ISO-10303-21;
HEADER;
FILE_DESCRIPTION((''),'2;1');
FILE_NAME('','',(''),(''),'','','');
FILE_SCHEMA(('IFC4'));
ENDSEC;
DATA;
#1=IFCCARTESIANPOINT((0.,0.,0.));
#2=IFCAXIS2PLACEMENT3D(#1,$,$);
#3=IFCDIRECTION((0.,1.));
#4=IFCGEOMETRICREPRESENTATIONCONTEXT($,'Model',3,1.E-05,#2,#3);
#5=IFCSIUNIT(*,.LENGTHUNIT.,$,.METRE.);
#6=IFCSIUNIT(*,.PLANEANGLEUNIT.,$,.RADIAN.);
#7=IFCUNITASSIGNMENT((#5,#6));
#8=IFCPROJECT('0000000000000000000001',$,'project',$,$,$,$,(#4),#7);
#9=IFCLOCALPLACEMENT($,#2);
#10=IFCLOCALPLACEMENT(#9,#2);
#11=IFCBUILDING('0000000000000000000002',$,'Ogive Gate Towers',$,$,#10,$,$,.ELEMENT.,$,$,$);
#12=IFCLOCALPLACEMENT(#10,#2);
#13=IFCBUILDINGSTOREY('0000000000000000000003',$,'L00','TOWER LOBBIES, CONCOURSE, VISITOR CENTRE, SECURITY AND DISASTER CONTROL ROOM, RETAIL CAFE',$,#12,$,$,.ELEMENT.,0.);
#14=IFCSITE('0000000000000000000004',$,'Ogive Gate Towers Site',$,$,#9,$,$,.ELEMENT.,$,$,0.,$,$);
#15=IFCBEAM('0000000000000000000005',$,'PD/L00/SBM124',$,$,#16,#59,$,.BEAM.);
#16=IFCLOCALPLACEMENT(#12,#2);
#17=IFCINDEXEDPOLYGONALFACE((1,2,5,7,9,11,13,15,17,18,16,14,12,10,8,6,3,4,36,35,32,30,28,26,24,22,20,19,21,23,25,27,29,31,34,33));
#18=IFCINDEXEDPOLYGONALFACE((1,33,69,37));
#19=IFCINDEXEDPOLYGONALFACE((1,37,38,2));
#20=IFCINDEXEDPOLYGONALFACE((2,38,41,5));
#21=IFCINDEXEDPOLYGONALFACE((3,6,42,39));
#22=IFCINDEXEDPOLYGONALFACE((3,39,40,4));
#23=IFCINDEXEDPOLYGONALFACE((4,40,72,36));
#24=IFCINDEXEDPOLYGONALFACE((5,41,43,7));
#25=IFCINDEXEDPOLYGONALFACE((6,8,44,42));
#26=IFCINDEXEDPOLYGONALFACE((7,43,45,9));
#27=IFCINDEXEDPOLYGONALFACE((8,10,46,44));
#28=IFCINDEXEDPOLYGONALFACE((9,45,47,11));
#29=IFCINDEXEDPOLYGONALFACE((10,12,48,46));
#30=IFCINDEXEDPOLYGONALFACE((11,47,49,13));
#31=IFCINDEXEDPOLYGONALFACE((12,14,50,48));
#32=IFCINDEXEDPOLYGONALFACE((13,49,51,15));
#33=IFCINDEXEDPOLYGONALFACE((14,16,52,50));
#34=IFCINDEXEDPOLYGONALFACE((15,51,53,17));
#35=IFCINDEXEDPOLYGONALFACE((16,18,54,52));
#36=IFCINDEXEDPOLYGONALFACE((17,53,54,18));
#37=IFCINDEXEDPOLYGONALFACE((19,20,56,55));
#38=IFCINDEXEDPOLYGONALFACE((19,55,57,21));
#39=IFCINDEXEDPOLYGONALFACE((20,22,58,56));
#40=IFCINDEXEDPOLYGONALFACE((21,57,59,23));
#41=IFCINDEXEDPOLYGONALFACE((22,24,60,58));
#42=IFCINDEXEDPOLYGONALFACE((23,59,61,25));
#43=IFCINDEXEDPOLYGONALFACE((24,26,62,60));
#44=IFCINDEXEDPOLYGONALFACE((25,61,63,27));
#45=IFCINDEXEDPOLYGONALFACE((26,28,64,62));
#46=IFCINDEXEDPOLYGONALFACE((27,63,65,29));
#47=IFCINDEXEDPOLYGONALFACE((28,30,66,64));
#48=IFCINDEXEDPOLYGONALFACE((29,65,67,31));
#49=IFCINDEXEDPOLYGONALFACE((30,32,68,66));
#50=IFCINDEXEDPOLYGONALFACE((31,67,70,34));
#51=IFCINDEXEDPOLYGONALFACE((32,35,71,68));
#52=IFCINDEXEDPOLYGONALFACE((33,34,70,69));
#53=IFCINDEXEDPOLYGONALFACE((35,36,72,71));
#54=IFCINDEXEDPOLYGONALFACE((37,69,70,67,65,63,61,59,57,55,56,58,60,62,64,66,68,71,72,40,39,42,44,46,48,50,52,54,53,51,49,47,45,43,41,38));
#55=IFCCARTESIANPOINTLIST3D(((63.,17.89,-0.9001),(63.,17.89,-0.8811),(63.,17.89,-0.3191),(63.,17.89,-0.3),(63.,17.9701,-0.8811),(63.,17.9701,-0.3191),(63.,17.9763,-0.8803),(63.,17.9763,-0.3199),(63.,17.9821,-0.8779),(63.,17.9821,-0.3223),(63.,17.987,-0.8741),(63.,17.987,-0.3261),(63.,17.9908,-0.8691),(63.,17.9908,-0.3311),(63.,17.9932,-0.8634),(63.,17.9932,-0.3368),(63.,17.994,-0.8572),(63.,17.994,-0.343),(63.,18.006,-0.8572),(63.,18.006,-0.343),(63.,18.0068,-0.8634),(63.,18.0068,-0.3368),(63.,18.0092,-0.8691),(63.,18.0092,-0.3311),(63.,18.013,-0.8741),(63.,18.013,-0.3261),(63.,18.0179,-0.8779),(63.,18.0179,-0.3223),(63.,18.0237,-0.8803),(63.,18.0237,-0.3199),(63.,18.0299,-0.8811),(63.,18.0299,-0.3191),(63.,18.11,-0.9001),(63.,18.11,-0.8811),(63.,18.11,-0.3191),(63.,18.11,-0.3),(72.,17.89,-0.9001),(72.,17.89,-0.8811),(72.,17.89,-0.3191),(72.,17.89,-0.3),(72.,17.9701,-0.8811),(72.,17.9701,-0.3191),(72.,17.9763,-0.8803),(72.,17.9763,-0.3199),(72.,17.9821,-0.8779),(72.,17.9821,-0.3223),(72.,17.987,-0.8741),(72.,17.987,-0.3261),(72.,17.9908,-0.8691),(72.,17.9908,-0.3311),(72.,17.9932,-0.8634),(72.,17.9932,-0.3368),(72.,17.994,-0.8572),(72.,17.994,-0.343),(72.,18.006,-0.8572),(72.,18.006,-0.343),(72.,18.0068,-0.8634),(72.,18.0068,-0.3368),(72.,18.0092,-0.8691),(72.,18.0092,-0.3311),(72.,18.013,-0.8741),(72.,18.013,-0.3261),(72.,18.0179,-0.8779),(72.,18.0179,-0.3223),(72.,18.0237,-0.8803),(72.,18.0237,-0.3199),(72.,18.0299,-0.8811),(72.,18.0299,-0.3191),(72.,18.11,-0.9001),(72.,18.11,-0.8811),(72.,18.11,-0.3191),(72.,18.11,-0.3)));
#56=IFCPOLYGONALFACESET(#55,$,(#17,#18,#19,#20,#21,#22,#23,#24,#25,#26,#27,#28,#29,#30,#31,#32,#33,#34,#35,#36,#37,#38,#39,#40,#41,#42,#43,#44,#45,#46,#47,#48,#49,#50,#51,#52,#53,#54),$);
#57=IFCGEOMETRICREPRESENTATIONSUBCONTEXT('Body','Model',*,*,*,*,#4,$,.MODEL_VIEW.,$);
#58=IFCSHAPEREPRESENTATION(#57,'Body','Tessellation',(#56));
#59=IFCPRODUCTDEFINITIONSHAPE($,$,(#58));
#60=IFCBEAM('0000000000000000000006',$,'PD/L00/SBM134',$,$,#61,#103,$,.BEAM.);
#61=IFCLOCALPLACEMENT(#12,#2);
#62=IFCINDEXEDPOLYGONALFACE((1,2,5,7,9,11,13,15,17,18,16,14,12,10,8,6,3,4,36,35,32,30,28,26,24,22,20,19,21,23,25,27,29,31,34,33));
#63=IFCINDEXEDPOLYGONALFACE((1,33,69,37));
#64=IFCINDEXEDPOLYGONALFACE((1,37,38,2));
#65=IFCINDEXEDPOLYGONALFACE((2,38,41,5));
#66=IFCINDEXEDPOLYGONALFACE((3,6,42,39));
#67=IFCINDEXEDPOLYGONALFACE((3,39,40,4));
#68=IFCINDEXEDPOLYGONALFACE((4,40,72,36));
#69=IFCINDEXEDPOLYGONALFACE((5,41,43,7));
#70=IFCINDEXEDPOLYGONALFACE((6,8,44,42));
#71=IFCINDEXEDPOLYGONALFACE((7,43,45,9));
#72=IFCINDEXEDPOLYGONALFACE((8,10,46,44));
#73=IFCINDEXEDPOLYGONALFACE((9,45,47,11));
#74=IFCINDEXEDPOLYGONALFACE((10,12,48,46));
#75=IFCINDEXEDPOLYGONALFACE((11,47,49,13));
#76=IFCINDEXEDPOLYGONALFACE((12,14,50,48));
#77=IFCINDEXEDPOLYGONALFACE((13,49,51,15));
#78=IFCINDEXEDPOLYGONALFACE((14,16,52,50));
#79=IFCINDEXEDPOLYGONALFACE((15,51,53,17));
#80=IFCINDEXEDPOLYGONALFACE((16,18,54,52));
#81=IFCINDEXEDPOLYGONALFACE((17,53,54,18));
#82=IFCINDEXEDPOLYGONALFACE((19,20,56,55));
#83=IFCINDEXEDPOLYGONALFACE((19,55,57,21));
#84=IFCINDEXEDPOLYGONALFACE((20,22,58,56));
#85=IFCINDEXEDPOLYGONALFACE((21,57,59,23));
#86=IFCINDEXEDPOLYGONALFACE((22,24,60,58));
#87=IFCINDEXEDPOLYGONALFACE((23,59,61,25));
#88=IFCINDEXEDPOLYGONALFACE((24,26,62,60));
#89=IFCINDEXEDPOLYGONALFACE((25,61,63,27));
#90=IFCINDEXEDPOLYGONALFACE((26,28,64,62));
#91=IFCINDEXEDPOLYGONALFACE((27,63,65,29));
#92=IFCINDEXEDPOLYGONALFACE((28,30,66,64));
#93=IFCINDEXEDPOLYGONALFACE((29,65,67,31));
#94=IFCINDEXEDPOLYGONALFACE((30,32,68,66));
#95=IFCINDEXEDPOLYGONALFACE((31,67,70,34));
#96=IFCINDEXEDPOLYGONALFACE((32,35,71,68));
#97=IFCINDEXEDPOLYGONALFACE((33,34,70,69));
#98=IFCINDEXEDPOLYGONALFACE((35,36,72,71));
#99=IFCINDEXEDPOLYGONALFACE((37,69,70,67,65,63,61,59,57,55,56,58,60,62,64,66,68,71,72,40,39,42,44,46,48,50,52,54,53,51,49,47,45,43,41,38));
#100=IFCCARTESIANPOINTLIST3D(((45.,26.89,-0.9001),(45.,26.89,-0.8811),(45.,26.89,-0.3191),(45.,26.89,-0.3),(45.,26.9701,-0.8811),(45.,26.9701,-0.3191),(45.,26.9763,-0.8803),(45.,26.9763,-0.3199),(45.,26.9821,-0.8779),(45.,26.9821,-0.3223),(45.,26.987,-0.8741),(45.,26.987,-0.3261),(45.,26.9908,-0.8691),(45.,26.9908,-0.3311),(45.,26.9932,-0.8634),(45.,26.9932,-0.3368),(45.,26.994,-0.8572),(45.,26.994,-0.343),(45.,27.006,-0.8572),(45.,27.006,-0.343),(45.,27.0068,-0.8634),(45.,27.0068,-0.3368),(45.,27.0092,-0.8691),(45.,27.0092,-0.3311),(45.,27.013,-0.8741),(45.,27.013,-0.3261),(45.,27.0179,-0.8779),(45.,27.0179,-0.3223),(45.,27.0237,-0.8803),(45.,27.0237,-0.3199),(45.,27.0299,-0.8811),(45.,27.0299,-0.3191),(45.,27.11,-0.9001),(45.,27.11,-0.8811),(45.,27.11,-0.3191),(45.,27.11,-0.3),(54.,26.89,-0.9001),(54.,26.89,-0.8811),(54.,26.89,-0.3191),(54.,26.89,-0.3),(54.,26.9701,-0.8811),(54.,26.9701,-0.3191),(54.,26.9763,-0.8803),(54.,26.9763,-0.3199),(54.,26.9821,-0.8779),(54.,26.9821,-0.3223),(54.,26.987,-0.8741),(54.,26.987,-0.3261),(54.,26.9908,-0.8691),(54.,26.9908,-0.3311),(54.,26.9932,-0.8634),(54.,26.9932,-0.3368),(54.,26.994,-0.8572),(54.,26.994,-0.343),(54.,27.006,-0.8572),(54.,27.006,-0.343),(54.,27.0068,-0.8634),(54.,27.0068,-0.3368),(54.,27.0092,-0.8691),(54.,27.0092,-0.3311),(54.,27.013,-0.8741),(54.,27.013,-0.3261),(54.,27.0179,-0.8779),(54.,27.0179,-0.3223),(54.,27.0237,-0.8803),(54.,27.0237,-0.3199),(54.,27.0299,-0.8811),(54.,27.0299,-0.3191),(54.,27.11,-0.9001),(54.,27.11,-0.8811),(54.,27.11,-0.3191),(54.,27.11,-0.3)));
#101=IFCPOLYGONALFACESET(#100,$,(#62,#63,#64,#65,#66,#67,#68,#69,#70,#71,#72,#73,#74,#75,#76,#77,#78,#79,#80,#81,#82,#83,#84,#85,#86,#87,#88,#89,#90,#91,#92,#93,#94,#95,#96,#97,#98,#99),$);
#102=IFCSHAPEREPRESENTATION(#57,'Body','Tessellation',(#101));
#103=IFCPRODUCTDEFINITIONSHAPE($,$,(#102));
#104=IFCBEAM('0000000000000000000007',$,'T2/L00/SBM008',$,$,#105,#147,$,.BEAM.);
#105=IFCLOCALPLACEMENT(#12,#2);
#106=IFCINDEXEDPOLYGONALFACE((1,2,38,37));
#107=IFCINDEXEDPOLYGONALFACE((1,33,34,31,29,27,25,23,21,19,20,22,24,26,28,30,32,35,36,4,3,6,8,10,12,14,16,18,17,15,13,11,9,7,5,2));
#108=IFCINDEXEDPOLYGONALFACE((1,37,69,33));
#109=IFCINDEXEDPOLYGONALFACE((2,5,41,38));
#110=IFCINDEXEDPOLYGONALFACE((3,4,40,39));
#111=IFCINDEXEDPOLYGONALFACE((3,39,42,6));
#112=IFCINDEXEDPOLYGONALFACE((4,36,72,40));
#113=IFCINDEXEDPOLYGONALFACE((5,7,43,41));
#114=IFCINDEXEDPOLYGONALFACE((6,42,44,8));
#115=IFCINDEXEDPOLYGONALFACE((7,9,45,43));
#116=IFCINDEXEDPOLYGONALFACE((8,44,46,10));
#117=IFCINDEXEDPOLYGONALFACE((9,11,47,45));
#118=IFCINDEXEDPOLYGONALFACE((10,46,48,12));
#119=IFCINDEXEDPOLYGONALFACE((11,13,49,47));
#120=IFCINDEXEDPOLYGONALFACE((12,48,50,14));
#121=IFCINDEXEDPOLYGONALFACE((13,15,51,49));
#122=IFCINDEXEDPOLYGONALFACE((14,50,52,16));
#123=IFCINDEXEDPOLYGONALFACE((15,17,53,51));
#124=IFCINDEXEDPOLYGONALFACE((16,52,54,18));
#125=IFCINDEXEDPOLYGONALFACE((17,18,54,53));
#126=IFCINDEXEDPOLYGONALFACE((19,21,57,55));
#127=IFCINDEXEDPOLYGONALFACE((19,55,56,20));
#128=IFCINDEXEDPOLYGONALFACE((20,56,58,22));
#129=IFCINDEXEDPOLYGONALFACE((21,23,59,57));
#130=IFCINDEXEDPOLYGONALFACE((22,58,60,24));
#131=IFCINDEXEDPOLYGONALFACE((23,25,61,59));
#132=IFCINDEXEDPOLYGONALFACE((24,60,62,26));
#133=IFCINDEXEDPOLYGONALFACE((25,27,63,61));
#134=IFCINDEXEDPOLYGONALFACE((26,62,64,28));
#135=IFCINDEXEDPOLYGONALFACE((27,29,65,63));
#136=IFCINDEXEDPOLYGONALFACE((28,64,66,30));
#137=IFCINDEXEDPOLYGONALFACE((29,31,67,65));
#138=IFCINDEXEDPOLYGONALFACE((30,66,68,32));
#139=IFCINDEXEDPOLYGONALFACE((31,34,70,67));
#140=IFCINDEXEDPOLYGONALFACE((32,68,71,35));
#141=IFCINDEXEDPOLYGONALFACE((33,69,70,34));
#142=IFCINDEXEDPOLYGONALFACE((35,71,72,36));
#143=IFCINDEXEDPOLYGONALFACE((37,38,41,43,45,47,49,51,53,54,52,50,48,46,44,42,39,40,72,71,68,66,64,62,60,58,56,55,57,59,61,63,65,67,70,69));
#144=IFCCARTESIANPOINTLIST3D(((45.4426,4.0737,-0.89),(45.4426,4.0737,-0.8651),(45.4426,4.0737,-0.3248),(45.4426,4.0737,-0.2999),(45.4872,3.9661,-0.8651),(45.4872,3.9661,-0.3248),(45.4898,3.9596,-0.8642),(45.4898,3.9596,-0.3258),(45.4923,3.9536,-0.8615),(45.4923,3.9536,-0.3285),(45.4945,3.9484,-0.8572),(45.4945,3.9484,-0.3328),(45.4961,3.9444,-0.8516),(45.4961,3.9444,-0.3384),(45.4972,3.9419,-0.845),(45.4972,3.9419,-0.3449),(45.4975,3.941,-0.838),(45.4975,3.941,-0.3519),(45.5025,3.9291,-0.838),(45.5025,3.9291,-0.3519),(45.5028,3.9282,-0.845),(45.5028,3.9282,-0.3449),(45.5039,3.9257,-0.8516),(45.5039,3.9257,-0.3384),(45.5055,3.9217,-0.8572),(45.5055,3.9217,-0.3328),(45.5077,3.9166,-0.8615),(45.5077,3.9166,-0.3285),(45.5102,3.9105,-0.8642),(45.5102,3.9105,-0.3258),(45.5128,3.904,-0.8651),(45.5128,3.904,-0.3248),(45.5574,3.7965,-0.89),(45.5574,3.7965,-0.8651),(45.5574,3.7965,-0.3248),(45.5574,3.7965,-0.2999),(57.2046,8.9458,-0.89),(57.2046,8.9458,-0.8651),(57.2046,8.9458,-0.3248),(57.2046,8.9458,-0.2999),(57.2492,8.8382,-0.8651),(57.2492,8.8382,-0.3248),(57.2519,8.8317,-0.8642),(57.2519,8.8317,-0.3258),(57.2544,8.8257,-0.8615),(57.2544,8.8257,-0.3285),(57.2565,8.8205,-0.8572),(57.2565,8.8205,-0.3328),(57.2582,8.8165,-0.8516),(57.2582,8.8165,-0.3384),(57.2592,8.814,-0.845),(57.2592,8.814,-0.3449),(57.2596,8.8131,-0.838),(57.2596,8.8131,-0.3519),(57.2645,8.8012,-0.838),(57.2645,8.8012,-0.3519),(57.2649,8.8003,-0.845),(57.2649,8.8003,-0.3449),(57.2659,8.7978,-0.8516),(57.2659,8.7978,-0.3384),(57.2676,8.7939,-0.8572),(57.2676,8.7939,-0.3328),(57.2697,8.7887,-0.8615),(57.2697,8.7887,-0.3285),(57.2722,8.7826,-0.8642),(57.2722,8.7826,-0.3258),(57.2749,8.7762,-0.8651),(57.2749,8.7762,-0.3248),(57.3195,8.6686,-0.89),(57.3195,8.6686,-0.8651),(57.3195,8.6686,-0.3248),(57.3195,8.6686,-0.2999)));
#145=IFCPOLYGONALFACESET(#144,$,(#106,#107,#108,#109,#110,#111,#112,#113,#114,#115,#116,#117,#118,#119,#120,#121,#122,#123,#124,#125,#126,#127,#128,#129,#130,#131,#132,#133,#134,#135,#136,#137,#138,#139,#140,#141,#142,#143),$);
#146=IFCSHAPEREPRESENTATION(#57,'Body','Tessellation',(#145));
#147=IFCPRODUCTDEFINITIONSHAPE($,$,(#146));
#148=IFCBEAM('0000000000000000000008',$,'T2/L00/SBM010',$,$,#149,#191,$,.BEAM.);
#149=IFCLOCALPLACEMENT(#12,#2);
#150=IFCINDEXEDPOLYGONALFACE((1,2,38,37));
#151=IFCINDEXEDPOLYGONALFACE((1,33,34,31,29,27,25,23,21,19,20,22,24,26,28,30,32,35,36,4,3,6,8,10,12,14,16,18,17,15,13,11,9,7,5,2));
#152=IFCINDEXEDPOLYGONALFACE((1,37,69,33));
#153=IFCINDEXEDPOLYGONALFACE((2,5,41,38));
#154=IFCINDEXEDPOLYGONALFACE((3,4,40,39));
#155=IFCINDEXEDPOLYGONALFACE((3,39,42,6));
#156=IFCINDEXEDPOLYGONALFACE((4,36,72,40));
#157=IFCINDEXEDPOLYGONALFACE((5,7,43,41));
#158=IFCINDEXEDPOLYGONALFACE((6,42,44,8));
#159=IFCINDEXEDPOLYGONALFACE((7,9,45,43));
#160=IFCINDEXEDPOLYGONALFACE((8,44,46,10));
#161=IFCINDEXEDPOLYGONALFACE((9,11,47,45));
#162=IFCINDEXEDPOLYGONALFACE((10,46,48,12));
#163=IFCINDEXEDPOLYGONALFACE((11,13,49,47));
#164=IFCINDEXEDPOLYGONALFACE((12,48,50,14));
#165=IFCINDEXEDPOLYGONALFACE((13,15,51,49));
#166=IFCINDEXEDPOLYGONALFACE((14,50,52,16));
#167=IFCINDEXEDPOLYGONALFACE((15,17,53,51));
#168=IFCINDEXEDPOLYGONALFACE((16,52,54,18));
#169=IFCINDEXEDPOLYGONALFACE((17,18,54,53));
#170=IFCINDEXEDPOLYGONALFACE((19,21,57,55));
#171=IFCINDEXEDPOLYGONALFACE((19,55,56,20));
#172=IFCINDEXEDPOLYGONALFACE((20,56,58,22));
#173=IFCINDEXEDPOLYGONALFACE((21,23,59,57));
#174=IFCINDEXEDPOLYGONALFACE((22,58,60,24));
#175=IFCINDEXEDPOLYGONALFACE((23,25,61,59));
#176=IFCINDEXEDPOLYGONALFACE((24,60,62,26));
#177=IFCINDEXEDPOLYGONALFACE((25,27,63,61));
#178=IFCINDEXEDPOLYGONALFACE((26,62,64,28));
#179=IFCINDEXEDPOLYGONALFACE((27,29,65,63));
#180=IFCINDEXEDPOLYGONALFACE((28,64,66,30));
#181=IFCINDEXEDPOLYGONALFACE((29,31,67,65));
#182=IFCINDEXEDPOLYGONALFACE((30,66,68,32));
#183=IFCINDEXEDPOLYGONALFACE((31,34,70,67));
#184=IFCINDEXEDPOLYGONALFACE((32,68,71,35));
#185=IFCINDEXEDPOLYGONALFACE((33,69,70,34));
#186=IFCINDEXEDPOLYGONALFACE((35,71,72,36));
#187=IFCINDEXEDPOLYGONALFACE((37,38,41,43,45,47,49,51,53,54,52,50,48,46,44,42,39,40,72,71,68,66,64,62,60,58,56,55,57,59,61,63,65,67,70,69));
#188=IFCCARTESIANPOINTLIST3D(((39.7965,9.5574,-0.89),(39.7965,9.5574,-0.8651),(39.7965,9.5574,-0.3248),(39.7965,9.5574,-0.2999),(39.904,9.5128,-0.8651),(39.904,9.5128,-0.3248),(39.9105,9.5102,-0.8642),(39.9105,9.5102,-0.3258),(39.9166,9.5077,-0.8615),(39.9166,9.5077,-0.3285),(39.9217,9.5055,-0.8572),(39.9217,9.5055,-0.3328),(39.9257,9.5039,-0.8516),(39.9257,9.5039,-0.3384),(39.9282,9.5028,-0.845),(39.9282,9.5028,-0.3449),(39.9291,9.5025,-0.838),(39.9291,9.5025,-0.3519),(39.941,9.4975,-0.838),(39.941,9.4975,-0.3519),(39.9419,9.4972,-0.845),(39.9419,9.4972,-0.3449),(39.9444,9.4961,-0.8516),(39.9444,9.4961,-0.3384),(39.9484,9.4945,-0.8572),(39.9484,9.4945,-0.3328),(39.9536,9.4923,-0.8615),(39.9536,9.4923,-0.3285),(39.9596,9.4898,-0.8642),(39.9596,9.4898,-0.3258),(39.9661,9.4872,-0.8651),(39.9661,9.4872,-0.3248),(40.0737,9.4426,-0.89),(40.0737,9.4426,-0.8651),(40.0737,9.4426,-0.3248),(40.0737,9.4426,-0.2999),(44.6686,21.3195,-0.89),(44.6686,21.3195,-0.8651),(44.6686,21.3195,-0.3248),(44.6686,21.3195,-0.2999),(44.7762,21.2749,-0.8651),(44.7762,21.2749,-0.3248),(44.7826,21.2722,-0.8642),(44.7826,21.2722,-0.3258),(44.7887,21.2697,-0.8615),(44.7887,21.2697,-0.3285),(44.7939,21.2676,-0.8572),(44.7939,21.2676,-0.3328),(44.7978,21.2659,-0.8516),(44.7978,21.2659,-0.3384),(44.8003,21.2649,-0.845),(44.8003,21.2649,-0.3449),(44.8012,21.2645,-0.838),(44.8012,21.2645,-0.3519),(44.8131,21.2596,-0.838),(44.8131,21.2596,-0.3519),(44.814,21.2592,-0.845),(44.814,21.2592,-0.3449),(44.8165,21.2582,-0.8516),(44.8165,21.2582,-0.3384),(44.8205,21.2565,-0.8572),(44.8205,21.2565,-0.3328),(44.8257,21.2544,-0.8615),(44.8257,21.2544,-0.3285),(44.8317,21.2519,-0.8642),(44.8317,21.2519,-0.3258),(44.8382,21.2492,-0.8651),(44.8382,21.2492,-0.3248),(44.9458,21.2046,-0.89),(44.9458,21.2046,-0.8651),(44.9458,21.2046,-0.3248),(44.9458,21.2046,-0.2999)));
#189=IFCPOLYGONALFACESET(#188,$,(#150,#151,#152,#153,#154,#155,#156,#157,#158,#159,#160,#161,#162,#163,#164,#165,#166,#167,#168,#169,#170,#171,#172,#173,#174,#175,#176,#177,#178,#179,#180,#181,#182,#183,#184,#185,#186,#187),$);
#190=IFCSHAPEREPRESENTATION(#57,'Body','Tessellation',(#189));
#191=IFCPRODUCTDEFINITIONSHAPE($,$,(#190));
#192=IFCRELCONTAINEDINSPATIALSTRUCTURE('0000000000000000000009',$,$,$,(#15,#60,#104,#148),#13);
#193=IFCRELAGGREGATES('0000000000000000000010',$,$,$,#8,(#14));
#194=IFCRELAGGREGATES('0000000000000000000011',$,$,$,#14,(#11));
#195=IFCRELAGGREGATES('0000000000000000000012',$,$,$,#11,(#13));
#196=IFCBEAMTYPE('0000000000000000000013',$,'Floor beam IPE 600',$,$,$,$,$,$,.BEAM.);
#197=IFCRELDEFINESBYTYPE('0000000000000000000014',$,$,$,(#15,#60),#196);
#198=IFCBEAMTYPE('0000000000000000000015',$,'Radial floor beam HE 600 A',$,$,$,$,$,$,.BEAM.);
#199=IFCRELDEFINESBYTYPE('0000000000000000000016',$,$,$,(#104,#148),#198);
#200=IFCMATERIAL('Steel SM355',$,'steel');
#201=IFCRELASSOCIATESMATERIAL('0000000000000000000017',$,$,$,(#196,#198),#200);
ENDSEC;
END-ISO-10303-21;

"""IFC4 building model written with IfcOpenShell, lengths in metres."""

from ifc_helpers import new_model, si_unit, direction, frame, origin, origin_2d, place, context, subcontext, project, spatial, i_section, extrude, material, material_profile, profile_set, type_object, element, save


model = new_model("IFC4")

# Units and contexts
model_context = context("Model", 3, precision=1e-05, world=origin(), true_north=direction((0.0, 1.0)))
body_context = subcontext(model_context, "Body", "Model", "MODEL_VIEW")
ifc_project = project(units=[si_unit("LENGTHUNIT", "METRE"), si_unit("PLANEANGLEUNIT", "RADIAN")], contexts=[model_context])

# Site, building, storey
site_placement = place(None, origin())
site = spatial("IfcSite", under=ifc_project, at=site_placement, Name="Ogive Gate Towers Site", CompositionType="ELEMENT", RefElevation=0.0)
building_placement = place(site_placement, origin())
building = spatial("IfcBuilding", under=site, at=building_placement, Name="Ogive Gate Towers", CompositionType="ELEMENT")
storey_placement = place(building_placement, origin())
storey = spatial("IfcBuildingStorey", under=building, at=storey_placement, Name="L00", Description="TOWER LOBBIES, CONCOURSE, VISITOR CENTRE, SECURITY AND DISASTER CONTROL ROOM, RETAIL CAFE", CompositionType="ELEMENT", Elevation=0.0)

# Beams
ifc_material_1 = material(Name="Steel SM355", Category="steel")
ifc_material_profile_1 = material_profile(ifc_material_1, i_section(OverallWidth=0.22, OverallDepth=0.6001, WebThickness=0.012, FlangeThickness=0.019, FilletRadius=0.0239, at=origin_2d()), Name="IPE 600")
ifc_profile_set_1 = profile_set([ifc_material_profile_1], Name="Steel SM355")
beam_type_1 = type_object("IfcBeamType", Name="Floor beam IPE 600", PredefinedType="BEAM", material=ifc_profile_set_1)
for number, where, z_axis, x_axis, name in (
    (1, (63.0, 18.0, -0.6001), (1.0, 0.0, 0.0), (0.0, 1.0, 0.0), "PD/L00/SBM124"),
    (2, (45.0, 27.0, -0.6001), (1.0, 0.0, 0.0), (0.0, 1.0, 0.0), "PD/L00/SBM134"),
):
    element("IfcBeam", number, at=place(storey_placement, frame(where, z_axis=z_axis, x_axis=x_axis)), inside=storey, type_object=beam_type_1, Name=name, PredefinedType="BEAM", context=body_context, shape_type="SweptSolid", body=[
        extrude(i_section(OverallWidth=0.22, OverallDepth=0.6001, WebThickness=0.012, FlangeThickness=0.019, FilletRadius=0.0239, at=origin_2d()), origin(), (0.0, 0.0, 1.0), 9.0),
    ])
ifc_material_profile_2 = material_profile(ifc_material_1, i_section(OverallWidth=0.3, OverallDepth=0.5901, WebThickness=0.0129, FlangeThickness=0.0249, FilletRadius=0.0271, at=origin_2d()), Name="HE 600 A")
ifc_profile_set_2 = profile_set([ifc_material_profile_2], Name="Steel SM355")
beam_type_2 = type_object("IfcBeamType", Name="Radial floor beam HE 600 A", PredefinedType="BEAM", material=ifc_profile_set_2)
for number, where, z_axis, x_axis, name in (
    (3, (45.5, 3.9351, -0.595), (0.923877, 0.382691, 0.0), (-0.382691, 0.923877, 0.0), "T2/L00/SBM008"),
    (4, (39.9351, 9.5, -0.595), (0.382691, 0.923877, 0.0), (-0.923877, 0.382691, 0.0), "T2/L00/SBM010"),
):
    element("IfcBeam", number, at=place(storey_placement, frame(where, z_axis=z_axis, x_axis=x_axis)), inside=storey, type_object=beam_type_2, Name=name, PredefinedType="BEAM", context=body_context, shape_type="SweptSolid", body=[
        extrude(i_section(OverallWidth=0.3, OverallDepth=0.5901, WebThickness=0.0129, FlangeThickness=0.0249, FilletRadius=0.0271, at=origin_2d()), origin(), (0.0, 0.0, 1.0), 12.7312),
    ])

save(model, "model.ifc")
